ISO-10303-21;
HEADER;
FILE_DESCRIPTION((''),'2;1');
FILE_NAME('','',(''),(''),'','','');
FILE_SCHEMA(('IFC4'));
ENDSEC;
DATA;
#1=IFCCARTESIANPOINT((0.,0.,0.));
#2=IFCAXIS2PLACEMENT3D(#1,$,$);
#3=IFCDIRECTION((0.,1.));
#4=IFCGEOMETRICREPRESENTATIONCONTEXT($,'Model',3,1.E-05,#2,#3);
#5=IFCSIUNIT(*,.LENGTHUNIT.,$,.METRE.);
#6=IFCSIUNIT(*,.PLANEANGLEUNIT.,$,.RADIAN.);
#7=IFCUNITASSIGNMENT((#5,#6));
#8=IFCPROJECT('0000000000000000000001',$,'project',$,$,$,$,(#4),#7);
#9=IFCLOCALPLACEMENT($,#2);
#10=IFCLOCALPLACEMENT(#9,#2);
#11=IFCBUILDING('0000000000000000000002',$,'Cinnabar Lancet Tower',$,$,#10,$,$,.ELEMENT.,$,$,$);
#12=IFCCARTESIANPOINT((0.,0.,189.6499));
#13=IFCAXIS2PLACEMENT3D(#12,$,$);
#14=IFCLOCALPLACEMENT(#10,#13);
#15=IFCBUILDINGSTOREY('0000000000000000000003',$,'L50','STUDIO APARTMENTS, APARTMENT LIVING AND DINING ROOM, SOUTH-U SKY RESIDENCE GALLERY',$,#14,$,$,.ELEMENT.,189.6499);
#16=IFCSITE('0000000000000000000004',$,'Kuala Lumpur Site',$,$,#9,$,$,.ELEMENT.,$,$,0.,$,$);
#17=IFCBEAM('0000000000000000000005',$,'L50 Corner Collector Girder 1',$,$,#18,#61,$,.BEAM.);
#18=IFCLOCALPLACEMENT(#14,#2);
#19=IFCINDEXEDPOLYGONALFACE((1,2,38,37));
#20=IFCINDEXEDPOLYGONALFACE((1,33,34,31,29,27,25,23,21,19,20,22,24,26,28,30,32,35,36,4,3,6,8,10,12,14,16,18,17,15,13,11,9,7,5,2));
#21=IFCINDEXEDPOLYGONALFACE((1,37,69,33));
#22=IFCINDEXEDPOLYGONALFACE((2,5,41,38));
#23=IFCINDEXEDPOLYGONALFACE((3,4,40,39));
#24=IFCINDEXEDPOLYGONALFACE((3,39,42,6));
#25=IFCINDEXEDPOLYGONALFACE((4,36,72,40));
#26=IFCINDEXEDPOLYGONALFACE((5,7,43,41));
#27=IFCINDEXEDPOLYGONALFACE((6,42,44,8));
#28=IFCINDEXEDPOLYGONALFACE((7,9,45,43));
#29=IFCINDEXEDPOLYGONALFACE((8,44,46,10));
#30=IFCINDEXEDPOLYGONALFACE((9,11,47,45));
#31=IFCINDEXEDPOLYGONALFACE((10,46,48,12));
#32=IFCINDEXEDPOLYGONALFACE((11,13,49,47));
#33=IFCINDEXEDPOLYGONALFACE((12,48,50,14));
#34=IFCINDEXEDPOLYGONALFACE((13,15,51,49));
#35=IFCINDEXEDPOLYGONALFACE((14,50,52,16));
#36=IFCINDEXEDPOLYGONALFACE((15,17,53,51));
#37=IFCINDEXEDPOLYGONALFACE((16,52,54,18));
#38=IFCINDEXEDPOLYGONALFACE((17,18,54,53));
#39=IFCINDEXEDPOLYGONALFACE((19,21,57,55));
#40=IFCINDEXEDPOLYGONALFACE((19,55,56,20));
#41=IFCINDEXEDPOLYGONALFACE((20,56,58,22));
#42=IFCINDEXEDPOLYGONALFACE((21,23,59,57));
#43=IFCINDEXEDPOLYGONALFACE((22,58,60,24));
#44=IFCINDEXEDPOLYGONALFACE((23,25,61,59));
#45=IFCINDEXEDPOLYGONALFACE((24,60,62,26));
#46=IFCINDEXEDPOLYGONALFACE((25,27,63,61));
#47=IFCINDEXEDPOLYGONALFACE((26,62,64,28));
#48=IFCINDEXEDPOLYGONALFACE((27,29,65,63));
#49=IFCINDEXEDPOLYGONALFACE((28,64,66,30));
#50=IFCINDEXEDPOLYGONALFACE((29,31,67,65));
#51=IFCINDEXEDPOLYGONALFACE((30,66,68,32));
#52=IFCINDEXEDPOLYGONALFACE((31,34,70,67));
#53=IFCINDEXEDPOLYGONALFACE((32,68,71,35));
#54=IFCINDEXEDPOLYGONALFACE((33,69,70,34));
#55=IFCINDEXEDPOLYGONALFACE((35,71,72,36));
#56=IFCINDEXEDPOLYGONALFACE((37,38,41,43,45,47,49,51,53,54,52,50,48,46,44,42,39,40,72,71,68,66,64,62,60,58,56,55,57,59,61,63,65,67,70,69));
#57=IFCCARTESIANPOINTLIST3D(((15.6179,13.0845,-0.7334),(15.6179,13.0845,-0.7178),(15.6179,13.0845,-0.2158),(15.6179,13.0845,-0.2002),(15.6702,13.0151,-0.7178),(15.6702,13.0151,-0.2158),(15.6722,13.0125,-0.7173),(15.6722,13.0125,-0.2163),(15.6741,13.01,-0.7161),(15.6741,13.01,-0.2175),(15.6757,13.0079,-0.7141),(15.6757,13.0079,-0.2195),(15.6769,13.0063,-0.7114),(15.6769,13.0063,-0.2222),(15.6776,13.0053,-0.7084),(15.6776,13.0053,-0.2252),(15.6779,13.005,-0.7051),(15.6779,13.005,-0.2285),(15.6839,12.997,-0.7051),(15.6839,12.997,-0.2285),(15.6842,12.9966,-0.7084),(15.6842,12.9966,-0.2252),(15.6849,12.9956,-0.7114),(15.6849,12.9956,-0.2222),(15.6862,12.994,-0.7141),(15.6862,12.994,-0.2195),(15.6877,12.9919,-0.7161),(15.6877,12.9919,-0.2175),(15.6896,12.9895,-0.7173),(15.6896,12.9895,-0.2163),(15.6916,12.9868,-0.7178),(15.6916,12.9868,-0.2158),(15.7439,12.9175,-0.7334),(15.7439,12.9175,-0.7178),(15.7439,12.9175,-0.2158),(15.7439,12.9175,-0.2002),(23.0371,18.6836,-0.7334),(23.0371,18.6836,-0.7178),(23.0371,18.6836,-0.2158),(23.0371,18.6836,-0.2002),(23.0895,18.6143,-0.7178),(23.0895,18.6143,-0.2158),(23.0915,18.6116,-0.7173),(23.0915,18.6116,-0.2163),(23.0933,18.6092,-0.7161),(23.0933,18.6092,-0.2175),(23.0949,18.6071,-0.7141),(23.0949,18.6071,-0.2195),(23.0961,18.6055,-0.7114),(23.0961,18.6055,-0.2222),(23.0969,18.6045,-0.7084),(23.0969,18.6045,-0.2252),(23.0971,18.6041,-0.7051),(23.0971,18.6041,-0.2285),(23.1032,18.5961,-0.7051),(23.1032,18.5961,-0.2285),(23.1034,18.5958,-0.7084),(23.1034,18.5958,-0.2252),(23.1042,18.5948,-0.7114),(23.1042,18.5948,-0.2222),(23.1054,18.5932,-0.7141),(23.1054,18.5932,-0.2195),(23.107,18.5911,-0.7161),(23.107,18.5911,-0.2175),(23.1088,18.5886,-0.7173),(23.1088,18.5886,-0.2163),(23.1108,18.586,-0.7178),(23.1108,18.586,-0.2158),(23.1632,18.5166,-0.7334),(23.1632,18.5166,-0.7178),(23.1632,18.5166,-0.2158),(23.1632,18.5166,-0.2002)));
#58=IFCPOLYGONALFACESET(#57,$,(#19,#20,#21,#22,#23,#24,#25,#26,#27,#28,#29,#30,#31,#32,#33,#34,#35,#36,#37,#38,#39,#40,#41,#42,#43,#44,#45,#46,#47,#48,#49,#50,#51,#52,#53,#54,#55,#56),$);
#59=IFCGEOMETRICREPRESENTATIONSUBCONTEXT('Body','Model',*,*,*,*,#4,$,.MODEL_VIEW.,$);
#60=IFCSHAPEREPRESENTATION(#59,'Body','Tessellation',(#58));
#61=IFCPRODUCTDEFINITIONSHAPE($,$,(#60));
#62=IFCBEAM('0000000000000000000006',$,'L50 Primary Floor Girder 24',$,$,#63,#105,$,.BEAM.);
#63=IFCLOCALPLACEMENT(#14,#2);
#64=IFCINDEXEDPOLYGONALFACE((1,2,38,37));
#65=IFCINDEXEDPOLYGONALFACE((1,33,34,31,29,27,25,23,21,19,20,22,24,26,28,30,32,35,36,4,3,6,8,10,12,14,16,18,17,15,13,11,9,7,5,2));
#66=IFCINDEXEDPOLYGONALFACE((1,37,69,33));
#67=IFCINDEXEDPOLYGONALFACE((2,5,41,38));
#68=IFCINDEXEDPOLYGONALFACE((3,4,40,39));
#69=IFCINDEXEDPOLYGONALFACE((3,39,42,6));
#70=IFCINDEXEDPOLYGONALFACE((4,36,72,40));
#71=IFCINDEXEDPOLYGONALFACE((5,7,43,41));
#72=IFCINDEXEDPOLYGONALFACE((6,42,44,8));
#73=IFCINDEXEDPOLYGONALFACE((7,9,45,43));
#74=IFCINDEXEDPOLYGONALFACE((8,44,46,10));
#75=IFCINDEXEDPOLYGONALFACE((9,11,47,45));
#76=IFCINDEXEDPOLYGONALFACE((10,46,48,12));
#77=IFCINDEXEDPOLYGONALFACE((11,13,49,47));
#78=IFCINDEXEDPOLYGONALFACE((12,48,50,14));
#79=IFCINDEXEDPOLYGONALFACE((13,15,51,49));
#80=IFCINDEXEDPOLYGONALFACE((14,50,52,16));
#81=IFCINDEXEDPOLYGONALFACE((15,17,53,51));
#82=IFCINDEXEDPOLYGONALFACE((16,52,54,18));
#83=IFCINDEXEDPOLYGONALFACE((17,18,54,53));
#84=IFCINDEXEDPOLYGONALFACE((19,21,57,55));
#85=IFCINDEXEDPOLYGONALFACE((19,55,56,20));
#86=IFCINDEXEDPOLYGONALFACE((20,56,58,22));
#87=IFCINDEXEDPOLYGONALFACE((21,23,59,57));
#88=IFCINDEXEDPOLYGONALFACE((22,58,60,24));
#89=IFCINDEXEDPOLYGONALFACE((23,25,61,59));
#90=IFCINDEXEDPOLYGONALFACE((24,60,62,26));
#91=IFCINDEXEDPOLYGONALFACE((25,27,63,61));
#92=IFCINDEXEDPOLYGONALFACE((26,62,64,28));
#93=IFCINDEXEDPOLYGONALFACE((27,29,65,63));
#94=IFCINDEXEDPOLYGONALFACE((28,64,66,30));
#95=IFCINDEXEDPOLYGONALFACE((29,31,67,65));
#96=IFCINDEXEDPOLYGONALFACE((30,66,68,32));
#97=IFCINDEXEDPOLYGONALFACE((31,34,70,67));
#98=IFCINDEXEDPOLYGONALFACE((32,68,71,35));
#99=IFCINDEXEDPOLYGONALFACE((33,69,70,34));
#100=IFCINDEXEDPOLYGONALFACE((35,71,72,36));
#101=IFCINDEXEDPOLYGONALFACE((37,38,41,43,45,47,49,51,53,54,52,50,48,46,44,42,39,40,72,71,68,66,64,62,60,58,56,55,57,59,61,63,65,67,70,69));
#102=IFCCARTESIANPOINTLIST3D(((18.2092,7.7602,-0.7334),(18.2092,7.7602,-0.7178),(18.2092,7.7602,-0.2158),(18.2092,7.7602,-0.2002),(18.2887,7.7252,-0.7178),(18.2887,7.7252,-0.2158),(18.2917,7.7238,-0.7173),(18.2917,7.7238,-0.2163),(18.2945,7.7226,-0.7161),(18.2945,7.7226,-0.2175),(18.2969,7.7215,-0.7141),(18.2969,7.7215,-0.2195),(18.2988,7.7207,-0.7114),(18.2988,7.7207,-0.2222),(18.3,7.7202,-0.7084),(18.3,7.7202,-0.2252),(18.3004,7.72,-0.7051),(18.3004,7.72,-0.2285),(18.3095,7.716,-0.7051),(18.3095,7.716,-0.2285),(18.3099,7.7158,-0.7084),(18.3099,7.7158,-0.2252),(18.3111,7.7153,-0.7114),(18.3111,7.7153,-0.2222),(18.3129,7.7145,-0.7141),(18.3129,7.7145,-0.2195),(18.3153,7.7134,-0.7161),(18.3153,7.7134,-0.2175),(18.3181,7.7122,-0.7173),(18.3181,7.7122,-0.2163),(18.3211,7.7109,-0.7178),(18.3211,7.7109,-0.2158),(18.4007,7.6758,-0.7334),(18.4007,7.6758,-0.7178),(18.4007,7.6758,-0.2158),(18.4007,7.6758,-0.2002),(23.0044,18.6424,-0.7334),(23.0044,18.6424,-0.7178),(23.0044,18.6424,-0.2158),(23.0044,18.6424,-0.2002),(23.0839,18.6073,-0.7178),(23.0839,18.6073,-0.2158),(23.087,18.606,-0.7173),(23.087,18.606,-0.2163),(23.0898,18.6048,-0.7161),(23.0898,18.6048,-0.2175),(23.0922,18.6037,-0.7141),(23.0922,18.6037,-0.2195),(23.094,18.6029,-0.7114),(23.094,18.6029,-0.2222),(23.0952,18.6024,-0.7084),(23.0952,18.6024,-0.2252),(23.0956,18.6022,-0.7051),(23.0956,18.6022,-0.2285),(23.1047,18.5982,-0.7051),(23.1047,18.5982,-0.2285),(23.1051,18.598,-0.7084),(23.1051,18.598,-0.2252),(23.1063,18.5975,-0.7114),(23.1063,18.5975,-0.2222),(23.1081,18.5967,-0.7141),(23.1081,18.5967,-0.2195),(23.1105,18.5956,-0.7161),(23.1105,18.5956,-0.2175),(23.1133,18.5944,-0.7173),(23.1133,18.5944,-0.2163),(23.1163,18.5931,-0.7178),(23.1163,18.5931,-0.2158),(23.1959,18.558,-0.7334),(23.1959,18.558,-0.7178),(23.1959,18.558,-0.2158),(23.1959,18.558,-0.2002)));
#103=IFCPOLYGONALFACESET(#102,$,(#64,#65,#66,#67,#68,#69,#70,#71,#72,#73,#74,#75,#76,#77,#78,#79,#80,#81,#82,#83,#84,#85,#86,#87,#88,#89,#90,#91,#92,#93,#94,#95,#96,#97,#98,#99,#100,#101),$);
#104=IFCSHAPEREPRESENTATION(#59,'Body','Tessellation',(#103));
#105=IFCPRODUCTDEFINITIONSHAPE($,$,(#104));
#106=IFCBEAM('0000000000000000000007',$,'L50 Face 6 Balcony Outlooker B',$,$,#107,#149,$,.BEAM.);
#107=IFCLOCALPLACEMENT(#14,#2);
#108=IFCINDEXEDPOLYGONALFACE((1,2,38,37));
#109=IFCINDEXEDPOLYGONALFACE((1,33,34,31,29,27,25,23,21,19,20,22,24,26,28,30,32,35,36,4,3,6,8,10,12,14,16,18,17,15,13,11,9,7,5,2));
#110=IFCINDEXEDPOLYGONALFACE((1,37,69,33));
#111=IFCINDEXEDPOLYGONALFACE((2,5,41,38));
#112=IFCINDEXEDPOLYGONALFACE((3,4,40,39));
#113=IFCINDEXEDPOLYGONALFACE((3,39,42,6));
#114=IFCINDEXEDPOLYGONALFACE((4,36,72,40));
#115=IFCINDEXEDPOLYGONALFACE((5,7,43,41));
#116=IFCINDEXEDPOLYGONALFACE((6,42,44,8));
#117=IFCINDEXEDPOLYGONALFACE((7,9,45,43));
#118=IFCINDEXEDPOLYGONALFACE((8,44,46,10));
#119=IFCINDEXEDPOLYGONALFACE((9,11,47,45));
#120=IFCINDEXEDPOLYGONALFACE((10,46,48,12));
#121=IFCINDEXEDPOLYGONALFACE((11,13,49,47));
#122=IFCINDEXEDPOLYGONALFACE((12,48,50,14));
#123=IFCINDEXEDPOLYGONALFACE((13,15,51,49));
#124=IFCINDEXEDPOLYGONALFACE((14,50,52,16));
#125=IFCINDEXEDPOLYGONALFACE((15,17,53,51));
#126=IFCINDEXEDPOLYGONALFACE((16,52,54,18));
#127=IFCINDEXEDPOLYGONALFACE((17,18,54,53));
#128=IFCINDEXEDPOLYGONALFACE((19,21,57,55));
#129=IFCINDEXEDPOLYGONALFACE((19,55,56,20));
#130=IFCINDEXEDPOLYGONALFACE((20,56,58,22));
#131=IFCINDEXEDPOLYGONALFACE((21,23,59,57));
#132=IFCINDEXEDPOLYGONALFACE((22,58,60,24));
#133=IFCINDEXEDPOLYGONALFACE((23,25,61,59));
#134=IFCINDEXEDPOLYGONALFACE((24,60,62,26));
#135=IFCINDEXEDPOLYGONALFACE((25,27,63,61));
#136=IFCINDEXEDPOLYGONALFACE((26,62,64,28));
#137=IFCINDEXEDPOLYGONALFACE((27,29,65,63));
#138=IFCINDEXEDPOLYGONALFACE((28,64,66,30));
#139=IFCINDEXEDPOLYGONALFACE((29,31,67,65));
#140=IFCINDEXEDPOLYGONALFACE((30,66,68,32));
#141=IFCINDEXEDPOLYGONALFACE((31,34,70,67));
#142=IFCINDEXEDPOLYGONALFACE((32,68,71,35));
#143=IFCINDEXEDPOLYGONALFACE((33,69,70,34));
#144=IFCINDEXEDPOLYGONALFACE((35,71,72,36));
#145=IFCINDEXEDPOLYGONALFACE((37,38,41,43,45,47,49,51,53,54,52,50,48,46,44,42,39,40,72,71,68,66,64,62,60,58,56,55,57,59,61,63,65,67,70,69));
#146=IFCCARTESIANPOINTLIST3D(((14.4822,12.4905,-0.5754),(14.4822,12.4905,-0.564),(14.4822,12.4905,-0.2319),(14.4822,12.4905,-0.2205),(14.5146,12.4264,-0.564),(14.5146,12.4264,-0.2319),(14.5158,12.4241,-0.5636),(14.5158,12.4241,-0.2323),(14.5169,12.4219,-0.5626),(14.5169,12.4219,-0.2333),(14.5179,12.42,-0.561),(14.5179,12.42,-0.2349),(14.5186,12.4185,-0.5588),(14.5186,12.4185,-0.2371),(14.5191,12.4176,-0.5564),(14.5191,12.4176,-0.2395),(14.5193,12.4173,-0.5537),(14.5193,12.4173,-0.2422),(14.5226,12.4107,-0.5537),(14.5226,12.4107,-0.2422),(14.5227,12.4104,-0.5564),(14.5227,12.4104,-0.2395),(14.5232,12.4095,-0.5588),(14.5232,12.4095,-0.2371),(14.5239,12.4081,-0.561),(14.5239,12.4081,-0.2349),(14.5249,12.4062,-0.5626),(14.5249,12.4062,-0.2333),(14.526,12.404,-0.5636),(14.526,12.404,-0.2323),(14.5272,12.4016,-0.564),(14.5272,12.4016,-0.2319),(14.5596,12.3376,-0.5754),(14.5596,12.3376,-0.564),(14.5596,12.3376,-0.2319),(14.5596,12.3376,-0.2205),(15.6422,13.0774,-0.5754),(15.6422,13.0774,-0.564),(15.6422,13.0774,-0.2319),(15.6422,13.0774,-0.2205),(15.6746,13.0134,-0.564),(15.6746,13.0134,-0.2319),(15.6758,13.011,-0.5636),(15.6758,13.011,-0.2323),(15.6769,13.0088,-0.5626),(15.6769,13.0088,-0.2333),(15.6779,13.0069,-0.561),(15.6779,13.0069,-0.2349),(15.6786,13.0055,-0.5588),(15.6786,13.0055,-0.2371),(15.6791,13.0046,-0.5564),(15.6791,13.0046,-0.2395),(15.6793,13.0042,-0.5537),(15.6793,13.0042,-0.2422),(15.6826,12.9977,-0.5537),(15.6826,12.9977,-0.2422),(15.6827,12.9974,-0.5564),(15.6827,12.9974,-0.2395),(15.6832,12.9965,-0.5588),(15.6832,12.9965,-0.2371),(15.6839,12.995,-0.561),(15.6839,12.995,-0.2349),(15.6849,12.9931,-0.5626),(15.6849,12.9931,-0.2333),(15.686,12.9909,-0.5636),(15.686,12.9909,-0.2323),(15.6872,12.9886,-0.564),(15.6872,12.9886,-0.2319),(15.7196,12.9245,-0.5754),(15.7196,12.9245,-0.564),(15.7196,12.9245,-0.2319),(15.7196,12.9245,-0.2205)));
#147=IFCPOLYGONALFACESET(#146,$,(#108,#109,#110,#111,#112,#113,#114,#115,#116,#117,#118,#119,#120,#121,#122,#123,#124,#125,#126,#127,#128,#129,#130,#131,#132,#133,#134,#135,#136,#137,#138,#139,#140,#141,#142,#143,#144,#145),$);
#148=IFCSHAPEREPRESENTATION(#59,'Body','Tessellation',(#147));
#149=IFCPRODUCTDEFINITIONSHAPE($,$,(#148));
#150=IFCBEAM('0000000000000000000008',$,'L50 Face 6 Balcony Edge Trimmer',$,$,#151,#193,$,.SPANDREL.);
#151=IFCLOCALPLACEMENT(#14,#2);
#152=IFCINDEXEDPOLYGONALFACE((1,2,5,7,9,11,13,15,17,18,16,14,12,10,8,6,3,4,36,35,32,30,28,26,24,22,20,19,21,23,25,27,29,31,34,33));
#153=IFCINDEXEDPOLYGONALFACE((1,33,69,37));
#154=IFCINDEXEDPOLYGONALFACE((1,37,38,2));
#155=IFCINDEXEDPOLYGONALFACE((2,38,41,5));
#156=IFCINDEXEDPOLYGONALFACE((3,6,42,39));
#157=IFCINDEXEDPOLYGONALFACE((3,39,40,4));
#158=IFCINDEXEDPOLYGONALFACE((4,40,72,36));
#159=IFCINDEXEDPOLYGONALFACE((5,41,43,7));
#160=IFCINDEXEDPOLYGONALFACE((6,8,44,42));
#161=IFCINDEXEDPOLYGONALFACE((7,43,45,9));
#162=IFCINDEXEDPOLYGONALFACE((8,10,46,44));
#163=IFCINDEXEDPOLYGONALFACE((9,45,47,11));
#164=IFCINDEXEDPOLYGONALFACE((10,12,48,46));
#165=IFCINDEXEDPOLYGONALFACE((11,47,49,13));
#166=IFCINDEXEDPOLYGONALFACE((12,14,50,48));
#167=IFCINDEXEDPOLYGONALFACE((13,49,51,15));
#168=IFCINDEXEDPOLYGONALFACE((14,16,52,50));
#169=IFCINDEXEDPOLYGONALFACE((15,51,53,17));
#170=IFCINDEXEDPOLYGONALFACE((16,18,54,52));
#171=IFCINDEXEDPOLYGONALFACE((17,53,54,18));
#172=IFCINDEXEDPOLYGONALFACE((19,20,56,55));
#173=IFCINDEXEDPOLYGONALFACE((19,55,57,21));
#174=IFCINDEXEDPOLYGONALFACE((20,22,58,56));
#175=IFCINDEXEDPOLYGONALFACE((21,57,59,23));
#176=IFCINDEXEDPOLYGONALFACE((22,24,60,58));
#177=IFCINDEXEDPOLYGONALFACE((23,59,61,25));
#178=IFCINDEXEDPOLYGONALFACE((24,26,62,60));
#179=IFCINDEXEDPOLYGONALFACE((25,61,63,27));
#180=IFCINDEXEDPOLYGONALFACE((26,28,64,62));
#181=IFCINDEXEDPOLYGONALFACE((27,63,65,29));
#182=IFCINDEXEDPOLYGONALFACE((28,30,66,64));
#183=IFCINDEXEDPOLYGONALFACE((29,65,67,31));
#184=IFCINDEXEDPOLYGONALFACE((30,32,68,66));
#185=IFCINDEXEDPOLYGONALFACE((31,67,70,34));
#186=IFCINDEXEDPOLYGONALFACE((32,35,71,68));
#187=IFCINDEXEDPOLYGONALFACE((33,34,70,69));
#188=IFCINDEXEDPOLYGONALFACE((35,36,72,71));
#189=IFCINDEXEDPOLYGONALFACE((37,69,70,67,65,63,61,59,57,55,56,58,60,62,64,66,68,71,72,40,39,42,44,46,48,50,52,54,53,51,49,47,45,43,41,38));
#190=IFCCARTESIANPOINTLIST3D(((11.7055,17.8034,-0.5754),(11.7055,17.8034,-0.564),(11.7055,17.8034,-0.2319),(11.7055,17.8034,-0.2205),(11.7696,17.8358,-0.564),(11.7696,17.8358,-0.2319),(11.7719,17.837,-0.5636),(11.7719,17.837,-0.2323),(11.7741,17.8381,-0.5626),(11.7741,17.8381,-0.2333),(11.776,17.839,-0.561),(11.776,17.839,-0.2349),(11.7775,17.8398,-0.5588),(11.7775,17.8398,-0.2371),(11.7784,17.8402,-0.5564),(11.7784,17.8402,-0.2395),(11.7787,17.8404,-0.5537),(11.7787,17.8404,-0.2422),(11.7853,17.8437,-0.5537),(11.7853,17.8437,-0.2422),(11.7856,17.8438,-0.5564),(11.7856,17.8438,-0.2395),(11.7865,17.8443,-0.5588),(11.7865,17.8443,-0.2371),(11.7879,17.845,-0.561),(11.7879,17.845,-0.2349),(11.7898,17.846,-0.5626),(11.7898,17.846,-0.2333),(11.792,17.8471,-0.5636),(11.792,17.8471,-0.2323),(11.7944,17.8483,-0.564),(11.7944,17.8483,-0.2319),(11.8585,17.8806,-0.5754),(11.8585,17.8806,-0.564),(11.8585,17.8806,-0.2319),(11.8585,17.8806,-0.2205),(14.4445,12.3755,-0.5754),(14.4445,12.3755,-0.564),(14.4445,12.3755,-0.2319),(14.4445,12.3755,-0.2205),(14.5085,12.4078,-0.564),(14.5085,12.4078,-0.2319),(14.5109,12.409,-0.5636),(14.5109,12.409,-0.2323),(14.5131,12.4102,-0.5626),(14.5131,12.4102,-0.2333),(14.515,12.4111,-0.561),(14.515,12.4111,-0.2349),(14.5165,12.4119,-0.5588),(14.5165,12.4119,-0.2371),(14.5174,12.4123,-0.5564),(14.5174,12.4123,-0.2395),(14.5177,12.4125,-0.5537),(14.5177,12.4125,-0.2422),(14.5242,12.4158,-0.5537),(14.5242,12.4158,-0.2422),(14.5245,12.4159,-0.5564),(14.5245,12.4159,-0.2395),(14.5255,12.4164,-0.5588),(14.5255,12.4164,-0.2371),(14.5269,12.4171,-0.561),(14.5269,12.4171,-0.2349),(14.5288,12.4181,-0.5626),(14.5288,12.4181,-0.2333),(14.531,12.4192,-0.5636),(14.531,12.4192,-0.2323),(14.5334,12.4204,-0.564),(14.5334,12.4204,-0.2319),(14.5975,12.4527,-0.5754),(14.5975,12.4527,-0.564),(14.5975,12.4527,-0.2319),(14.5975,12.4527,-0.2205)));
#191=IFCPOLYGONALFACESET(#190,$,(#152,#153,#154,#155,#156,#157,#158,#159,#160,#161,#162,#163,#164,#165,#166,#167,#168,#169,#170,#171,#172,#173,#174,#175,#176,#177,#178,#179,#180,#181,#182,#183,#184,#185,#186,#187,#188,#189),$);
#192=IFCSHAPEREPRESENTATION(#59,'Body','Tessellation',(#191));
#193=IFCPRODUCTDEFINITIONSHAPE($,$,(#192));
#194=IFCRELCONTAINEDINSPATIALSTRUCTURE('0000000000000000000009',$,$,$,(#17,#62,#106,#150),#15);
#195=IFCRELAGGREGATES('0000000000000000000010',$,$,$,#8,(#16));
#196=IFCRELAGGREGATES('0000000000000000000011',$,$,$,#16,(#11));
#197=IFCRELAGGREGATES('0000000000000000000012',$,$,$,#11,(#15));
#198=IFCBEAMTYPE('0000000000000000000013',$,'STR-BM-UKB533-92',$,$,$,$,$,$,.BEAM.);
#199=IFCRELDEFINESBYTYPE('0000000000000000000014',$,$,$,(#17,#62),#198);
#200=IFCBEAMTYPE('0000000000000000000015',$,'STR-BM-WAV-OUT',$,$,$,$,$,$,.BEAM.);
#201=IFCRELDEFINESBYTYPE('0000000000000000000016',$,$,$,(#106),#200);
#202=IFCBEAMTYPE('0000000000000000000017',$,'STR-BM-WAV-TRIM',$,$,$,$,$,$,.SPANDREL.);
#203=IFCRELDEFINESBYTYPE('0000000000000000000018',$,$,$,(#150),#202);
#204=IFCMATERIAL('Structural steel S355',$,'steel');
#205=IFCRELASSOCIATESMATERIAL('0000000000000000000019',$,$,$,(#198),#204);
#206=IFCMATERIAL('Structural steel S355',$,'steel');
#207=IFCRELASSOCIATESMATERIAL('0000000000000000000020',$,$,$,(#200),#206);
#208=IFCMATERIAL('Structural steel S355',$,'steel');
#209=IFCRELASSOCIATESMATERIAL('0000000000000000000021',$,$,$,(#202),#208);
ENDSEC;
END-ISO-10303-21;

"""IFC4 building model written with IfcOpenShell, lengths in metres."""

from ifc_helpers import new_model, si_unit, direction, frame, origin, origin_2d, place, context, subcontext, project, spatial, i_section, extrude, material, material_profile, profile_set, type_object, element, save


model = new_model("IFC4")

# Units and contexts
model_context = context("Model", 3, precision=1e-05, world=origin(), true_north=direction((0.0, 1.0)))
body_context = subcontext(model_context, "Body", "Model", "MODEL_VIEW")
ifc_project = project(units=[si_unit("LENGTHUNIT", "METRE"), si_unit("PLANEANGLEUNIT", "RADIAN")], contexts=[model_context])

# Site, building, storey
site_placement = place(None, origin())
site = spatial("IfcSite", under=ifc_project, at=site_placement, Name="Kuala Lumpur Site", CompositionType="ELEMENT", RefElevation=0.0)
building_placement = place(site_placement, origin())
building = spatial("IfcBuilding", under=site, at=building_placement, Name="Cinnabar Lancet Tower", CompositionType="ELEMENT")
storey_placement = place(building_placement, frame((0.0, 0.0, 189.6499)))
storey = spatial("IfcBuildingStorey", under=building, at=storey_placement, Name="L50", Description="STUDIO APARTMENTS, APARTMENT LIVING AND DINING ROOM, SOUTH-U SKY RESIDENCE GALLERY", CompositionType="ELEMENT", Elevation=189.6499)

# Beams
ifc_material_1 = material(Name="Structural steel S355", Category="steel")
ifc_material_profile_1 = material_profile(ifc_material_1, i_section(OverallWidth=0.2092, OverallDepth=0.5332, WebThickness=0.01, FlangeThickness=0.0156, FilletRadius=0.0127, at=origin_2d()), Name="UKB 533x210x92")
ifc_profile_set_1 = profile_set([ifc_material_profile_1], Name="Structural steel S355")
beam_type_1 = type_object("IfcBeamType", Name="STR-BM-UKB533-92", PredefinedType="BEAM", material=ifc_profile_set_1)
beam_1_placement = place(storey_placement, frame((15.6809, 13.001, -0.4668), z_axis=(0.798203, 0.602389, 0.0), x_axis=(-0.602389, 0.798203, 0.0)))
element("IfcBeam", 1, at=beam_1_placement, inside=storey, type_object=beam_type_1, Name="L50 Corner Collector Girder 1", PredefinedType="BEAM", context=body_context, shape_type="SweptSolid", body=[
    extrude(i_section(OverallWidth=0.2092, OverallDepth=0.5332, WebThickness=0.01, FlangeThickness=0.0156, FilletRadius=0.0127, at=origin_2d()), origin(), (0.0, 0.0, 1.0), 9.2949),
])
beam_2_placement = place(storey_placement, frame((18.3049, 7.718, -0.4668), z_axis=(0.403235, 0.915096, 0.0), x_axis=(-0.915096, 0.403235, 0.0)))
element("IfcBeam", 2, at=beam_2_placement, inside=storey, type_object=beam_type_1, Name="L50 Primary Floor Girder 24", PredefinedType="BEAM", context=body_context, shape_type="SweptSolid", body=[
    extrude(i_section(OverallWidth=0.2092, OverallDepth=0.5332, WebThickness=0.01, FlangeThickness=0.0156, FilletRadius=0.0127, at=origin_2d()), origin(), (0.0, 0.0, 1.0), 11.8918),
])
ifc_material_2 = material(Name="Structural steel S355", Category="steel")
ifc_material_profile_2 = material_profile(ifc_material_2, i_section(OverallWidth=0.1714, OverallDepth=0.355, WebThickness=0.0073, FlangeThickness=0.0115, FilletRadius=0.0103, at=origin_2d()), Name="UKB 356x171x51")
ifc_profile_set_2 = profile_set([ifc_material_profile_2], Name="Structural steel S355")
beam_type_2 = type_object("IfcBeamType", Name="STR-BM-WAV-OUT", PredefinedType="BEAM", material=ifc_profile_set_2)
beam_3_placement = place(storey_placement, frame((15.6809, 13.001, -0.3979), z_axis=(-0.892276, -0.45149, 0.0), x_axis=(0.45149, -0.892276, 0.0)))
element("IfcBeam", 3, at=beam_3_placement, inside=storey, type_object=beam_type_2, Name="L50 Face 6 Balcony Outlooker B", PredefinedType="BEAM", context=body_context, shape_type="SweptSolid", body=[
    extrude(i_section(OverallWidth=0.1714, OverallDepth=0.355, WebThickness=0.0073, FlangeThickness=0.0115, FilletRadius=0.0103, at=origin_2d()), origin(), (0.0, 0.0, 1.0), 1.3),
])
ifc_material_3 = material(Name="Structural steel S355", Category="steel")
ifc_material_profile_3 = material_profile(ifc_material_3, i_section(OverallWidth=0.1714, OverallDepth=0.355, WebThickness=0.0073, FlangeThickness=0.0115, FilletRadius=0.0103, at=origin_2d()), Name="UKB 356x171x51")
ifc_profile_set_3 = profile_set([ifc_material_profile_3], Name="Structural steel S355")
beam_type_3 = type_object("IfcBeamType", Name="STR-BM-WAV-TRIM", PredefinedType="SPANDREL", material=ifc_profile_set_3)
beam_4_placement = place(storey_placement, frame((11.782, 17.842, -0.3979), z_axis=(0.450503, -0.892775, 0.0), x_axis=(0.892775, 0.450503, 0.0)))
element("IfcBeam", 4, at=beam_4_placement, inside=storey, type_object=beam_type_3, Name="L50 Face 6 Balcony Edge Trimmer", PredefinedType="SPANDREL", context=body_context, shape_type="SweptSolid", body=[
    extrude(i_section(OverallWidth=0.1714, OverallDepth=0.355, WebThickness=0.0073, FlangeThickness=0.0115, FilletRadius=0.0103, at=origin_2d()), origin(), (0.0, 0.0, 1.0), 6.0798),
])

save(model, "model.ifc")
